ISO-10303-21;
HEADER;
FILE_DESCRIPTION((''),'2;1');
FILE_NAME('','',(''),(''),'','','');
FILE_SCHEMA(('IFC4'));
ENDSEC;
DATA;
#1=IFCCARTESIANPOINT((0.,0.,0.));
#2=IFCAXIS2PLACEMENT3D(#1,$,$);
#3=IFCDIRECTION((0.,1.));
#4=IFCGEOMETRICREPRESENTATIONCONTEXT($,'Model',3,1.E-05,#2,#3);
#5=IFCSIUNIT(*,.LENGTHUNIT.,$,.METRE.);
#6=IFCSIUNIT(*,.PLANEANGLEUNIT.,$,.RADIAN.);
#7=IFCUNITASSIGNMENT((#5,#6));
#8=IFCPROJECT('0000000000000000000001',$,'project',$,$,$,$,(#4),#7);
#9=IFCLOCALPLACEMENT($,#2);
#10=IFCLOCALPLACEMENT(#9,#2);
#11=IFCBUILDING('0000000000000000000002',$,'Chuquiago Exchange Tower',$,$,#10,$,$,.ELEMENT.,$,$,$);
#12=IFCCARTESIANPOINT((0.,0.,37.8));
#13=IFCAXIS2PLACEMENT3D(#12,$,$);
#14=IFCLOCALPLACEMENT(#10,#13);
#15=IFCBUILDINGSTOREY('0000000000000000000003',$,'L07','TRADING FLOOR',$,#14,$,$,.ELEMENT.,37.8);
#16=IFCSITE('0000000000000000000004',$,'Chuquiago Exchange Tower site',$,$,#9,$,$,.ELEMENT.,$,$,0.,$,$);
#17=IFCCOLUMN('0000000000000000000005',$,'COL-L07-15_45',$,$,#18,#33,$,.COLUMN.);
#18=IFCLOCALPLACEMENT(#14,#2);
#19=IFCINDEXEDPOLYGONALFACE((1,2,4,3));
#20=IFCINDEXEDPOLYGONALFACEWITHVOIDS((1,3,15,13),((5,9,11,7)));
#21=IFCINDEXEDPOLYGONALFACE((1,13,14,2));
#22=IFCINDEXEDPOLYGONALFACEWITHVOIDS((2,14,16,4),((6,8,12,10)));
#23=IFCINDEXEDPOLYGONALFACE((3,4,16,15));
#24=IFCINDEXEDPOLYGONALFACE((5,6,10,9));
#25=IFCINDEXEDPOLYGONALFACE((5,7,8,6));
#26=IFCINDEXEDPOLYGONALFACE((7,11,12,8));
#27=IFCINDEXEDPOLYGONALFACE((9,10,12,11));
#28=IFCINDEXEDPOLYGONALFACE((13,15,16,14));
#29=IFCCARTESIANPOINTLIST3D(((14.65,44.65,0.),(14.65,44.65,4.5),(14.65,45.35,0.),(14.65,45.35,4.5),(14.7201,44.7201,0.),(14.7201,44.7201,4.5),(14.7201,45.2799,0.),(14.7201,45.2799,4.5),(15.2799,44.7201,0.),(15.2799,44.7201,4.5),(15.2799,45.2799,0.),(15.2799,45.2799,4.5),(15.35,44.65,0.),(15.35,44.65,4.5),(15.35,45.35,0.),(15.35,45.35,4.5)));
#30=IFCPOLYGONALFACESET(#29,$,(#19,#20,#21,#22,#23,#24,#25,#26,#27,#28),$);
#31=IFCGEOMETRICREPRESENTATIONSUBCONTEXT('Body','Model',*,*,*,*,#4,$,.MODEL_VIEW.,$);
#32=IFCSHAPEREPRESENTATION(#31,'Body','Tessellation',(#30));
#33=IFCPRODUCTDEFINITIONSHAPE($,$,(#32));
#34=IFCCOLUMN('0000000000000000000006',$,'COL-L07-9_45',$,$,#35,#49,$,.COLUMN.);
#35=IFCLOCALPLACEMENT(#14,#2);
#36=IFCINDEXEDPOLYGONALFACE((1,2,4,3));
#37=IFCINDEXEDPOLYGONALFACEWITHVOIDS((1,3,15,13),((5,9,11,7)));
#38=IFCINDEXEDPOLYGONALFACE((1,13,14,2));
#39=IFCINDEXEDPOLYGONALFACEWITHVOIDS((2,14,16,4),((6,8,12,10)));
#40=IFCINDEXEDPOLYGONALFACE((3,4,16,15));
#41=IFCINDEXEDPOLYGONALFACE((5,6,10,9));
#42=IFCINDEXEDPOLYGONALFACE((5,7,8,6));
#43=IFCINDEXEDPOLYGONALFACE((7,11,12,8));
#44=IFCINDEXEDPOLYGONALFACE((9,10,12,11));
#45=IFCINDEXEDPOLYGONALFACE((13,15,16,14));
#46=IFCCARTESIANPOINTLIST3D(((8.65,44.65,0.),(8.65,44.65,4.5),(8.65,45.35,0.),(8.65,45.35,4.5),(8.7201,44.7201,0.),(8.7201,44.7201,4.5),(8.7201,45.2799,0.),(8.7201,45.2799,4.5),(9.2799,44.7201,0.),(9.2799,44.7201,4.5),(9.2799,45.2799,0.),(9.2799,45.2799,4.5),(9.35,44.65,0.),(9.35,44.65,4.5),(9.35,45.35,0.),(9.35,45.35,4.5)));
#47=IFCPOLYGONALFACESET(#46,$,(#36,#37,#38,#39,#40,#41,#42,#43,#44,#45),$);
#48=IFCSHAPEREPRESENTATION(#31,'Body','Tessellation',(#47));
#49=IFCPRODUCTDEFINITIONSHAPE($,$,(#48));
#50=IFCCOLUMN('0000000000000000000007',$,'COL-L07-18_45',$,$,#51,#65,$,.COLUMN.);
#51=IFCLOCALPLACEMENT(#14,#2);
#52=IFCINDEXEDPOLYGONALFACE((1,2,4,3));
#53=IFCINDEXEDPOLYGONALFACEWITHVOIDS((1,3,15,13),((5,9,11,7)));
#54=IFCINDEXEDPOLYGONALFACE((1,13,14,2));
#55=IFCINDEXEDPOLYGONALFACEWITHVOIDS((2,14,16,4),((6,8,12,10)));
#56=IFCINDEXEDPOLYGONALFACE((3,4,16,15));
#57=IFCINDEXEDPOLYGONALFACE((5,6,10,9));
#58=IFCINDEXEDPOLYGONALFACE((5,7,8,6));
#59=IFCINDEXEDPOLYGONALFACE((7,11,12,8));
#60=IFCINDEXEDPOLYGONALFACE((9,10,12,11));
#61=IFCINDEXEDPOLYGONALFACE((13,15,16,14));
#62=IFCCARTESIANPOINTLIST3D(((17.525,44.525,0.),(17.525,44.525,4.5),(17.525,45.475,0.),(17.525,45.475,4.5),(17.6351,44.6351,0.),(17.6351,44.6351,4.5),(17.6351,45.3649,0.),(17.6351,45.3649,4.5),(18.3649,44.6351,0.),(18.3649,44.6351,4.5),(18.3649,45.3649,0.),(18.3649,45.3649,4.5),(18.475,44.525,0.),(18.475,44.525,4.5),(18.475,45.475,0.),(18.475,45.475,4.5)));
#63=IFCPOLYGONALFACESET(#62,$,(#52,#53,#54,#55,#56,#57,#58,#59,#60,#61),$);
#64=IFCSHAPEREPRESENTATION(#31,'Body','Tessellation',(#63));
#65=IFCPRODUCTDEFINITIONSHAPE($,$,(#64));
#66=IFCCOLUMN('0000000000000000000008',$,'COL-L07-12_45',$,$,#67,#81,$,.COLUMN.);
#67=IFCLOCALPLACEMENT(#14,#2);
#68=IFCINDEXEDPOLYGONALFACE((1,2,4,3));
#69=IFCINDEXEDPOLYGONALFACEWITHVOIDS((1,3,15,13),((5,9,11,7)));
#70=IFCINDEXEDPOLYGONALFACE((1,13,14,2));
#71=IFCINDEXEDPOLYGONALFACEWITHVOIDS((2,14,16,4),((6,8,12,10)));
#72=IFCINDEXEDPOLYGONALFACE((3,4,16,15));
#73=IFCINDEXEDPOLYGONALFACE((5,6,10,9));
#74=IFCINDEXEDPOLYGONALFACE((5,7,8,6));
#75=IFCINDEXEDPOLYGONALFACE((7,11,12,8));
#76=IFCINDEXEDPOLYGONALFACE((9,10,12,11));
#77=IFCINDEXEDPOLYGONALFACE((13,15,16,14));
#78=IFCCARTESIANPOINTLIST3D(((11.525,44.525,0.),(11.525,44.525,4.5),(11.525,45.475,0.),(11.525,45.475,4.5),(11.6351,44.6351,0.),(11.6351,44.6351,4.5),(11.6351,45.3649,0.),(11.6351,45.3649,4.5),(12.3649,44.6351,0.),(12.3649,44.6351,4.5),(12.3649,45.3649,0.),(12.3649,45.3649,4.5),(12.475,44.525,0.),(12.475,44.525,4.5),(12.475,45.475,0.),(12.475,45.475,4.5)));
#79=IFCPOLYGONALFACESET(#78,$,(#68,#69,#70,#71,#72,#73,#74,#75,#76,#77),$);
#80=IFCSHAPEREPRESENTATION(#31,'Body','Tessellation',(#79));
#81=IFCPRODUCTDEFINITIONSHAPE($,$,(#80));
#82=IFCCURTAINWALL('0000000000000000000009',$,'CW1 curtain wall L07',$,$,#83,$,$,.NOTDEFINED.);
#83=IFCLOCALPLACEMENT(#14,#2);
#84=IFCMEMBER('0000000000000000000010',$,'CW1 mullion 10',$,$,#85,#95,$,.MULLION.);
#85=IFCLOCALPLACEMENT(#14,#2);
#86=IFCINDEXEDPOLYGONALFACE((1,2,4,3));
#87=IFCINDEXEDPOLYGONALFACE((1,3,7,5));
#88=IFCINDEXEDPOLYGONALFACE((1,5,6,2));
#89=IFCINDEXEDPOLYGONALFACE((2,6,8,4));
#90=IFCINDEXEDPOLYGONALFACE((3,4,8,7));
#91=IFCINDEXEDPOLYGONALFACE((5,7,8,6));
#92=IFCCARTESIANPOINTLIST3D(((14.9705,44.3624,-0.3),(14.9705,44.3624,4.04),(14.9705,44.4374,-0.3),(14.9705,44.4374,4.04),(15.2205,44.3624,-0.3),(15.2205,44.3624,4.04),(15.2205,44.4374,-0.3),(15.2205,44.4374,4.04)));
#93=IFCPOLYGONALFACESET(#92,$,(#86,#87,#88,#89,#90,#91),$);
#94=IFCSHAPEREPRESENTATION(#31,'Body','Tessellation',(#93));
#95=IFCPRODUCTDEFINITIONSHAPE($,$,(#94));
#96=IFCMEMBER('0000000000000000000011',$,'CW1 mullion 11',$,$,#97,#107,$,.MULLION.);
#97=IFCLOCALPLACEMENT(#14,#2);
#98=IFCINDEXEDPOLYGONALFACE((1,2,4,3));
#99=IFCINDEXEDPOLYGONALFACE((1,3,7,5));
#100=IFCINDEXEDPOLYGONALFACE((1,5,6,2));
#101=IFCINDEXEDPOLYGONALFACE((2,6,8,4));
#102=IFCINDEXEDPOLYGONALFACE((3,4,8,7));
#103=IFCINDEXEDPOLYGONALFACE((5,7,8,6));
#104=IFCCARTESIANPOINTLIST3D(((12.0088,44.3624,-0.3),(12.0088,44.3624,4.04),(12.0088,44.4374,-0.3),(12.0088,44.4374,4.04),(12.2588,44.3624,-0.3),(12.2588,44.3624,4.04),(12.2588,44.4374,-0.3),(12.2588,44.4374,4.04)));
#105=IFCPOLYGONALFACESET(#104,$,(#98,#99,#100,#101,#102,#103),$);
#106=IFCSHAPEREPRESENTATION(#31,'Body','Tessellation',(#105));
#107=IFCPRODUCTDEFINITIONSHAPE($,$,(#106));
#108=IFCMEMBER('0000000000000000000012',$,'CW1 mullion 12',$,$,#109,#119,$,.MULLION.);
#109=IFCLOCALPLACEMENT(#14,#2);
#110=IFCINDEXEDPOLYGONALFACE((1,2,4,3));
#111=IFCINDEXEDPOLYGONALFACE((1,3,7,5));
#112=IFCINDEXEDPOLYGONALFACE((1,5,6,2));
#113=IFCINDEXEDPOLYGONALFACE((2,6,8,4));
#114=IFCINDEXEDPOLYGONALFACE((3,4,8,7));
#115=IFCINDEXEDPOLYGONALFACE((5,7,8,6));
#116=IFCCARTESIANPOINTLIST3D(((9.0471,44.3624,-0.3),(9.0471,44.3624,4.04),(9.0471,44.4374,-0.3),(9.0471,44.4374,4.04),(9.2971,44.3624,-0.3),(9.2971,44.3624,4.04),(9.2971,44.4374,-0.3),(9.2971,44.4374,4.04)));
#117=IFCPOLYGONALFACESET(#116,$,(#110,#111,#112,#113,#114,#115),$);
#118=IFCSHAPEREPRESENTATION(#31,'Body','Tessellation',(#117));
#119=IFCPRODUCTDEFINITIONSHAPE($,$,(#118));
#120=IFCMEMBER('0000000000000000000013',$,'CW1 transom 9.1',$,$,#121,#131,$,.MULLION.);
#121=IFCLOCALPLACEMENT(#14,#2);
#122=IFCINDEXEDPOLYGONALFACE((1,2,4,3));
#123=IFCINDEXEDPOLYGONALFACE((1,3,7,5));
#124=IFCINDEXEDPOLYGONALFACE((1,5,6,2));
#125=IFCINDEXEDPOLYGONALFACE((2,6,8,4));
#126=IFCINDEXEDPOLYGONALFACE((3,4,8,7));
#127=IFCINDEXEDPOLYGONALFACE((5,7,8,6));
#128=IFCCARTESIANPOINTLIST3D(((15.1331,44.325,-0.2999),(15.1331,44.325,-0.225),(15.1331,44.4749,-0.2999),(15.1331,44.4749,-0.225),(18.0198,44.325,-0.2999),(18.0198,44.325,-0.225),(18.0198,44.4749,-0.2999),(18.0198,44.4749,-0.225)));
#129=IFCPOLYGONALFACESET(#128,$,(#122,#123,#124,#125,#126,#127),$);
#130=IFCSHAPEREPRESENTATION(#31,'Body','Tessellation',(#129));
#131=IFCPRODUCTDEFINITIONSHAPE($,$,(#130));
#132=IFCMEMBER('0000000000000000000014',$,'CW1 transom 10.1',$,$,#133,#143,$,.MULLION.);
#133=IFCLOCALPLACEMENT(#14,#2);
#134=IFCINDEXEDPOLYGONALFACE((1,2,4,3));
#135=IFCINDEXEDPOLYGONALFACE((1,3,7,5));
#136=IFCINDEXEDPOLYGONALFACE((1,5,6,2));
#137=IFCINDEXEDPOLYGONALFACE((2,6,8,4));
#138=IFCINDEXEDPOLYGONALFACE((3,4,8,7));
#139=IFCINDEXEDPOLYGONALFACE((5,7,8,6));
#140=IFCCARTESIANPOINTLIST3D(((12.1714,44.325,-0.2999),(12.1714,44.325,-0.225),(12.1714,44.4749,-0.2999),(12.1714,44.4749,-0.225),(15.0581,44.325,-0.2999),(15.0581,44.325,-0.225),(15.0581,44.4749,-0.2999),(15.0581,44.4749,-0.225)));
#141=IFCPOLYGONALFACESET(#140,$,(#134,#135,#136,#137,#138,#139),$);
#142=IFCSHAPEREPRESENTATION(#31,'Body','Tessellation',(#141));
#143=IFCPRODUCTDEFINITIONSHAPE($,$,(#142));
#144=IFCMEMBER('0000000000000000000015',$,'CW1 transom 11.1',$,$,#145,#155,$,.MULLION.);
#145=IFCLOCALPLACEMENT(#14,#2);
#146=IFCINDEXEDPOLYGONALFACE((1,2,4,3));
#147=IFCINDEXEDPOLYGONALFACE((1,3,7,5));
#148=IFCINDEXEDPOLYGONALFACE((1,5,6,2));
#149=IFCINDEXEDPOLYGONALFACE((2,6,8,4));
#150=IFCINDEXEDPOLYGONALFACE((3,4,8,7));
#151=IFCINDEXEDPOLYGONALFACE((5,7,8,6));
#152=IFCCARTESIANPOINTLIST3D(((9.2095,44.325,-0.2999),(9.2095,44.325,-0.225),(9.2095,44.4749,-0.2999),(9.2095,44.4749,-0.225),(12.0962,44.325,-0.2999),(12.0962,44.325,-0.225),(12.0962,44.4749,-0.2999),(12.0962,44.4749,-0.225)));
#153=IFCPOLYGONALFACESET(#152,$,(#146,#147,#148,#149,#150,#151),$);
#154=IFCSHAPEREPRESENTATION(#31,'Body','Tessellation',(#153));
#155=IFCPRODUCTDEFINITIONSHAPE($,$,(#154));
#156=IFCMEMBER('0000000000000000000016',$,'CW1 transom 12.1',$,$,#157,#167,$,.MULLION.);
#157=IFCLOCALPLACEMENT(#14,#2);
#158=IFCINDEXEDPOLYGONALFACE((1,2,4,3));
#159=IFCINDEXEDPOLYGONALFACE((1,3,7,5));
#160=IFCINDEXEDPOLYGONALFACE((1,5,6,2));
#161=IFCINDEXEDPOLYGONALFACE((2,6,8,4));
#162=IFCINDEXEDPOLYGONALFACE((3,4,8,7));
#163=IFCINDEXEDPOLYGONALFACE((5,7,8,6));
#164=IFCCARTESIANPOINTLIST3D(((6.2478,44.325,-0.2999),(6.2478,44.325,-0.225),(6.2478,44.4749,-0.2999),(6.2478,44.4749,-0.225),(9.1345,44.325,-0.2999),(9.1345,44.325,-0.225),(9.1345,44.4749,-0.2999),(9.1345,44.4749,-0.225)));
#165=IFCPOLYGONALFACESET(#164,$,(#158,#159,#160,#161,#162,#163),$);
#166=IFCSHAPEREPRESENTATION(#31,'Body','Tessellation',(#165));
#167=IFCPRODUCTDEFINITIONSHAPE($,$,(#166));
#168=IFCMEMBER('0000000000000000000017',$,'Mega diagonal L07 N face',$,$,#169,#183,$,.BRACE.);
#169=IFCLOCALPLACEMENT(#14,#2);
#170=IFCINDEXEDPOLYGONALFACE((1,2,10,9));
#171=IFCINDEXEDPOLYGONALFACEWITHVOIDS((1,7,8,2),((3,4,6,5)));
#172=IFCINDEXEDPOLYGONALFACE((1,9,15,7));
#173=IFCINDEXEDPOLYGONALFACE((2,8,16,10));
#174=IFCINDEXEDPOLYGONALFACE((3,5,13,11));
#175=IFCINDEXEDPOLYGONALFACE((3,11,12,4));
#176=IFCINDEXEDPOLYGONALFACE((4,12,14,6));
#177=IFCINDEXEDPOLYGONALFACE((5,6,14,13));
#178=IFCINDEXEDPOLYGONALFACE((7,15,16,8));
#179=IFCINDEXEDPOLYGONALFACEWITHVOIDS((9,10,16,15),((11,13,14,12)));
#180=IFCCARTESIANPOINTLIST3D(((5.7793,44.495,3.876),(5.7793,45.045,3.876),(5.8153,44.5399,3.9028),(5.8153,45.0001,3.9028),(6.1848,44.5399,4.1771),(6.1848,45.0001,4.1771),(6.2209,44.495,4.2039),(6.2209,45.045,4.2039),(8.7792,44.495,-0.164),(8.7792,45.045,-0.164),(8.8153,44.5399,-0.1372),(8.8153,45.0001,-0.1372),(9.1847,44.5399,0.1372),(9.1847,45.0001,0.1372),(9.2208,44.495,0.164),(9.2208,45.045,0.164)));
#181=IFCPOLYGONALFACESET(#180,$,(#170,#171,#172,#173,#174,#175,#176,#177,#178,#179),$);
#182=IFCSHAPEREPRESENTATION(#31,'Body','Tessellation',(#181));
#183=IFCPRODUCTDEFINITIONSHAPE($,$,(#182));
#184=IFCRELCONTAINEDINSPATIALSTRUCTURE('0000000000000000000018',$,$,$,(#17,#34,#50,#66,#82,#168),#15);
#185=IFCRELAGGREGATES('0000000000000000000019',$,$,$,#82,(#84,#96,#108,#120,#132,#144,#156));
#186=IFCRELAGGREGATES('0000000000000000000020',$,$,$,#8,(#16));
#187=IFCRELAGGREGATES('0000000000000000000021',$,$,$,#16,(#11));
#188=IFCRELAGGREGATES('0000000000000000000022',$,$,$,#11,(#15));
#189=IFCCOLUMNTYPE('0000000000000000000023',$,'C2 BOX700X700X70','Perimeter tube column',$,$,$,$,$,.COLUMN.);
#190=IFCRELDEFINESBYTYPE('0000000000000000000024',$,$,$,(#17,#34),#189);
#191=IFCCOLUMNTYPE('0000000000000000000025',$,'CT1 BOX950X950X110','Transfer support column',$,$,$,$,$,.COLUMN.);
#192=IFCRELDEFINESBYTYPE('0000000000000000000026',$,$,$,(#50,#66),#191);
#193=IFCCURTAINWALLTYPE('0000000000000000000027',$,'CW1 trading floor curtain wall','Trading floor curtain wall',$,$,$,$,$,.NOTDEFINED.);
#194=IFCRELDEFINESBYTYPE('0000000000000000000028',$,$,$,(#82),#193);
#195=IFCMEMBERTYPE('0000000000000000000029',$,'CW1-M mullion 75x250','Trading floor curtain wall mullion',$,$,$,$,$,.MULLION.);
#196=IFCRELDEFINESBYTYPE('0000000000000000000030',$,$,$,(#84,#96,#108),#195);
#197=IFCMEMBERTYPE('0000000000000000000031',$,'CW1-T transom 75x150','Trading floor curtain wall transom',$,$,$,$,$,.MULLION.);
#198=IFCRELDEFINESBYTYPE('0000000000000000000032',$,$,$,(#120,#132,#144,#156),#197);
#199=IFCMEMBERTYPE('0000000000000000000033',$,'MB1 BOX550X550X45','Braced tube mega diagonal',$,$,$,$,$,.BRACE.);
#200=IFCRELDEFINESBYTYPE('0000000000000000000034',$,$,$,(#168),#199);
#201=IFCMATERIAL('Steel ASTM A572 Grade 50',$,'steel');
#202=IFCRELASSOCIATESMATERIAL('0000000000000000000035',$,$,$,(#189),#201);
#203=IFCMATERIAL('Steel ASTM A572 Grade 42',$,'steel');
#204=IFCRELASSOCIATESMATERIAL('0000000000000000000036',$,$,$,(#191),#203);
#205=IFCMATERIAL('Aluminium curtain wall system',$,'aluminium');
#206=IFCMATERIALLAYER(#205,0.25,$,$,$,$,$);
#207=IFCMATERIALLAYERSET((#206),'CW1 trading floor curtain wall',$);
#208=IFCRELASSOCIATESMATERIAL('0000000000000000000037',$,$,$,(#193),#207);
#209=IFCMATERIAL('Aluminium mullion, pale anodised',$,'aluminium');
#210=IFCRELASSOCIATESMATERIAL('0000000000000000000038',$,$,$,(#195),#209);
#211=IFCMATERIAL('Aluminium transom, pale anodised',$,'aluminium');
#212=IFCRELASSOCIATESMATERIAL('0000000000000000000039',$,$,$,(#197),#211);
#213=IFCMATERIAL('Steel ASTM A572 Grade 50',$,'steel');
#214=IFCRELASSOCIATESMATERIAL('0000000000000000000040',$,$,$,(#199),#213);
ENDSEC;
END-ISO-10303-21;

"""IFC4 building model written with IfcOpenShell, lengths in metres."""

from ifc_helpers import new_model, si_unit, direction, frame, origin, origin_2d, place, context, subcontext, project, spatial, rectangle, hollow_rectangle, extrude, material, layer, layer_set, material_profile, profile_set, type_object, element, aggregate, save


model = new_model("IFC4")

# Units and contexts
model_context = context("Model", 3, precision=1e-05, world=origin(), true_north=direction((0.0, 1.0)))
body_context = subcontext(model_context, "Body", "Model", "MODEL_VIEW")
ifc_project = project(units=[si_unit("LENGTHUNIT", "METRE"), si_unit("PLANEANGLEUNIT", "RADIAN")], contexts=[model_context])

# Site, building, storey
site_placement = place(None, origin())
site = spatial("IfcSite", under=ifc_project, at=site_placement, Name="Chuquiago Exchange Tower site", CompositionType="ELEMENT", RefElevation=0.0)
building_placement = place(site_placement, origin())
building = spatial("IfcBuilding", under=site, at=building_placement, Name="Chuquiago Exchange Tower", CompositionType="ELEMENT")
storey_placement = place(building_placement, frame((0.0, 0.0, 37.8)))
storey = spatial("IfcBuildingStorey", under=building, at=storey_placement, Name="L07", Description="TRADING FLOOR", CompositionType="ELEMENT", Elevation=37.8)

# Columns
ifc_material_1 = material(Name="Steel ASTM A572 Grade 50", Category="steel")
ifc_material_profile_1 = material_profile(ifc_material_1, hollow_rectangle(XDim=0.7, YDim=0.7, WallThickness=0.0701, at=origin_2d()), Name="BOX700X700X70")
ifc_profile_set_1 = profile_set([ifc_material_profile_1], Name="Steel ASTM A572 Grade 50")
column_type_1 = type_object("IfcColumnType", Name="C2 BOX700X700X70", Description="Perimeter tube column", PredefinedType="COLUMN", material=ifc_profile_set_1)
for number, where, z_axis, x_axis, name in (
    (1, (15.0, 45.0, 0.0), (0.0, 0.0, 1.0), (0.0, 1.0, 0.0), "COL-L07-15_45"),
    (2, (9.0, 45.0, 0.0), (0.0, 0.0, 1.0), (0.0, 1.0, 0.0), "COL-L07-9_45"),
):
    element("IfcColumn", number, at=place(storey_placement, frame(where, z_axis=z_axis, x_axis=x_axis)), inside=storey, type_object=column_type_1, Name=name, PredefinedType="COLUMN", context=body_context, shape_type="SweptSolid", body=[
        extrude(hollow_rectangle(XDim=0.7, YDim=0.7, WallThickness=0.0701, at=origin_2d()), origin(), (0.0, 0.0, 1.0), 4.5),
    ])
ifc_material_2 = material(Name="Steel ASTM A572 Grade 42", Category="steel")
ifc_material_profile_2 = material_profile(ifc_material_2, hollow_rectangle(XDim=0.95, YDim=0.95, WallThickness=0.1101, at=origin_2d()), Name="BOX950X950X110")
ifc_profile_set_2 = profile_set([ifc_material_profile_2], Name="Steel ASTM A572 Grade 42")
column_type_2 = type_object("IfcColumnType", Name="CT1 BOX950X950X110", Description="Transfer support column", PredefinedType="COLUMN", material=ifc_profile_set_2)
for number, where, z_axis, x_axis, name in (
    (3, (18.0, 45.0, 0.0), (0.0, 0.0, 1.0), (0.0, 1.0, 0.0), "COL-L07-18_45"),
    (4, (12.0, 45.0, 0.0), (0.0, 0.0, 1.0), (0.0, 1.0, 0.0), "COL-L07-12_45"),
):
    element("IfcColumn", number, at=place(storey_placement, frame(where, z_axis=z_axis, x_axis=x_axis)), inside=storey, type_object=column_type_2, Name=name, PredefinedType="COLUMN", context=body_context, shape_type="SweptSolid", body=[
        extrude(hollow_rectangle(XDim=0.95, YDim=0.95, WallThickness=0.1101, at=origin_2d()), origin(), (0.0, 0.0, 1.0), 4.5),
    ])

# Curtain wall, members
ifc_material_3 = material(Name="Aluminium curtain wall system", Category="aluminium")
ifc_layer_1 = layer(ifc_material_3, 0.25)
ifc_layer_set_1 = layer_set([ifc_layer_1], Name="CW1 trading floor curtain wall")
curtain_wall_type = type_object("IfcCurtainWallType", Name="CW1 trading floor curtain wall", Description="Trading floor curtain wall", PredefinedType="NOTDEFINED", material=ifc_layer_set_1)
curtain_wall_placement = place(storey_placement, origin())
curtain_wall = element("IfcCurtainWall", 5, at=curtain_wall_placement, inside=storey, type_object=curtain_wall_type, Name="CW1 curtain wall L07", PredefinedType="NOTDEFINED")
ifc_material_4 = material(Name="Aluminium mullion, pale anodised", Category="aluminium")
ifc_material_profile_3 = material_profile(ifc_material_4, rectangle(XDim=0.075, YDim=0.25, at=origin_2d()), Name="AL 75x250")
ifc_profile_set_3 = profile_set([ifc_material_profile_3], Name="Aluminium mullion, pale anodised")
member_type_1 = type_object("IfcMemberType", Name="CW1-M mullion 75x250", Description="Trading floor curtain wall mullion", PredefinedType="MULLION", material=ifc_profile_set_3)
member_1_placement = place(storey_placement, frame((15.0955, 44.3999, -0.3), z_axis=(0.0, 0.0, 1.0), x_axis=(0.0, -1.0, 0.0)))
member_1 = element("IfcMember", 6, at=member_1_placement, type_object=member_type_1, Name="CW1 mullion 10", PredefinedType="MULLION", context=body_context, shape_type="SweptSolid", body=[
    extrude(rectangle(XDim=0.075, YDim=0.25, at=origin_2d()), origin(), (0.0, 0.0, 1.0), 4.3401),
])
member_2_placement = place(storey_placement, frame((12.1338, 44.3999, -0.3), z_axis=(0.0, 0.0, 1.0), x_axis=(0.0, -1.0, 0.0)))
member_2 = element("IfcMember", 7, at=member_2_placement, type_object=member_type_1, Name="CW1 mullion 11", PredefinedType="MULLION", context=body_context, shape_type="SweptSolid", body=[
    extrude(rectangle(XDim=0.075, YDim=0.25, at=origin_2d()), origin(), (0.0, 0.0, 1.0), 4.3401),
])
member_3_placement = place(storey_placement, frame((9.1721, 44.3999, -0.3), z_axis=(0.0, 0.0, 1.0), x_axis=(0.0, -1.0, 0.0)))
member_3 = element("IfcMember", 8, at=member_3_placement, type_object=member_type_1, Name="CW1 mullion 12", PredefinedType="MULLION", context=body_context, shape_type="SweptSolid", body=[
    extrude(rectangle(XDim=0.075, YDim=0.25, at=origin_2d()), origin(), (0.0, 0.0, 1.0), 4.3401),
])
ifc_material_5 = material(Name="Aluminium transom, pale anodised", Category="aluminium")
ifc_material_profile_4 = material_profile(ifc_material_5, rectangle(XDim=0.1499, YDim=0.075, at=origin_2d()), Name="AL 150x75")
ifc_profile_set_4 = profile_set([ifc_material_profile_4], Name="Aluminium transom, pale anodised")
member_type_2 = type_object("IfcMemberType", Name="CW1-T transom 75x150", Description="Trading floor curtain wall transom", PredefinedType="MULLION", material=ifc_profile_set_4)
member_4_placement = place(storey_placement, frame((18.0198, 44.3999, -0.2625), z_axis=(-1.0, 0.0, 0.0), x_axis=(0.0, -1.0, 0.0)))
member_4 = element("IfcMember", 9, at=member_4_placement, type_object=member_type_2, Name="CW1 transom 9.1", PredefinedType="MULLION", context=body_context, shape_type="SweptSolid", body=[
    extrude(rectangle(XDim=0.1499, YDim=0.075, at=origin_2d()), origin(), (0.0, 0.0, 1.0), 2.8867),
])
member_5_placement = place(storey_placement, frame((15.0581, 44.3999, -0.2625), z_axis=(-1.0, 0.0, 0.0), x_axis=(0.0, -1.0, 0.0)))
member_5 = element("IfcMember", 10, at=member_5_placement, type_object=member_type_2, Name="CW1 transom 10.1", PredefinedType="MULLION", context=body_context, shape_type="SweptSolid", body=[
    extrude(rectangle(XDim=0.1499, YDim=0.075, at=origin_2d()), origin(), (0.0, 0.0, 1.0), 2.8867),
])
member_6_placement = place(storey_placement, frame((12.0962, 44.3999, -0.2625), z_axis=(-1.0, 0.0, 0.0), x_axis=(0.0, -1.0, 0.0)))
member_6 = element("IfcMember", 11, at=member_6_placement, type_object=member_type_2, Name="CW1 transom 11.1", PredefinedType="MULLION", context=body_context, shape_type="SweptSolid", body=[
    extrude(rectangle(XDim=0.1499, YDim=0.075, at=origin_2d()), origin(), (0.0, 0.0, 1.0), 2.8867),
])
member_7_placement = place(storey_placement, frame((9.1345, 44.3999, -0.2625), z_axis=(-1.0, 0.0, 0.0), x_axis=(0.0, -1.0, 0.0)))
member_7 = element("IfcMember", 12, at=member_7_placement, type_object=member_type_2, Name="CW1 transom 12.1", PredefinedType="MULLION", context=body_context, shape_type="SweptSolid", body=[
    extrude(rectangle(XDim=0.1499, YDim=0.075, at=origin_2d()), origin(), (0.0, 0.0, 1.0), 2.8867),
])

# Member
ifc_material_6 = material(Name="Steel ASTM A572 Grade 50", Category="steel")
ifc_material_profile_5 = material_profile(ifc_material_6, hollow_rectangle(XDim=0.55, YDim=0.55, WallThickness=0.0449, at=origin_2d()), Name="BOX550X550X45")
ifc_profile_set_5 = profile_set([ifc_material_profile_5], Name="Steel ASTM A572 Grade 50")
member_type_3 = type_object("IfcMemberType", Name="MB1 BOX550X550X45", Description="Braced tube mega diagonal", PredefinedType="BRACE", material=ifc_profile_set_5)
member_8_placement = place(storey_placement, frame((9.0, 44.77, 0.0), z_axis=(-0.596174, 0.0, 0.802855), x_axis=(0.0, -1.0, 0.0)))
element("IfcMember", 13, at=member_8_placement, inside=storey, type_object=member_type_3, Name="Mega diagonal L07 N face", PredefinedType="BRACE", context=body_context, shape_type="SweptSolid", body=[
    extrude(hollow_rectangle(XDim=0.55, YDim=0.55, WallThickness=0.0449, at=origin_2d()), origin(), (0.0, 0.0, 1.0), 5.032),
])

aggregate(curtain_wall, [member_1, member_2, member_3, member_4, member_5, member_6, member_7])

save(model, "model.ifc")
